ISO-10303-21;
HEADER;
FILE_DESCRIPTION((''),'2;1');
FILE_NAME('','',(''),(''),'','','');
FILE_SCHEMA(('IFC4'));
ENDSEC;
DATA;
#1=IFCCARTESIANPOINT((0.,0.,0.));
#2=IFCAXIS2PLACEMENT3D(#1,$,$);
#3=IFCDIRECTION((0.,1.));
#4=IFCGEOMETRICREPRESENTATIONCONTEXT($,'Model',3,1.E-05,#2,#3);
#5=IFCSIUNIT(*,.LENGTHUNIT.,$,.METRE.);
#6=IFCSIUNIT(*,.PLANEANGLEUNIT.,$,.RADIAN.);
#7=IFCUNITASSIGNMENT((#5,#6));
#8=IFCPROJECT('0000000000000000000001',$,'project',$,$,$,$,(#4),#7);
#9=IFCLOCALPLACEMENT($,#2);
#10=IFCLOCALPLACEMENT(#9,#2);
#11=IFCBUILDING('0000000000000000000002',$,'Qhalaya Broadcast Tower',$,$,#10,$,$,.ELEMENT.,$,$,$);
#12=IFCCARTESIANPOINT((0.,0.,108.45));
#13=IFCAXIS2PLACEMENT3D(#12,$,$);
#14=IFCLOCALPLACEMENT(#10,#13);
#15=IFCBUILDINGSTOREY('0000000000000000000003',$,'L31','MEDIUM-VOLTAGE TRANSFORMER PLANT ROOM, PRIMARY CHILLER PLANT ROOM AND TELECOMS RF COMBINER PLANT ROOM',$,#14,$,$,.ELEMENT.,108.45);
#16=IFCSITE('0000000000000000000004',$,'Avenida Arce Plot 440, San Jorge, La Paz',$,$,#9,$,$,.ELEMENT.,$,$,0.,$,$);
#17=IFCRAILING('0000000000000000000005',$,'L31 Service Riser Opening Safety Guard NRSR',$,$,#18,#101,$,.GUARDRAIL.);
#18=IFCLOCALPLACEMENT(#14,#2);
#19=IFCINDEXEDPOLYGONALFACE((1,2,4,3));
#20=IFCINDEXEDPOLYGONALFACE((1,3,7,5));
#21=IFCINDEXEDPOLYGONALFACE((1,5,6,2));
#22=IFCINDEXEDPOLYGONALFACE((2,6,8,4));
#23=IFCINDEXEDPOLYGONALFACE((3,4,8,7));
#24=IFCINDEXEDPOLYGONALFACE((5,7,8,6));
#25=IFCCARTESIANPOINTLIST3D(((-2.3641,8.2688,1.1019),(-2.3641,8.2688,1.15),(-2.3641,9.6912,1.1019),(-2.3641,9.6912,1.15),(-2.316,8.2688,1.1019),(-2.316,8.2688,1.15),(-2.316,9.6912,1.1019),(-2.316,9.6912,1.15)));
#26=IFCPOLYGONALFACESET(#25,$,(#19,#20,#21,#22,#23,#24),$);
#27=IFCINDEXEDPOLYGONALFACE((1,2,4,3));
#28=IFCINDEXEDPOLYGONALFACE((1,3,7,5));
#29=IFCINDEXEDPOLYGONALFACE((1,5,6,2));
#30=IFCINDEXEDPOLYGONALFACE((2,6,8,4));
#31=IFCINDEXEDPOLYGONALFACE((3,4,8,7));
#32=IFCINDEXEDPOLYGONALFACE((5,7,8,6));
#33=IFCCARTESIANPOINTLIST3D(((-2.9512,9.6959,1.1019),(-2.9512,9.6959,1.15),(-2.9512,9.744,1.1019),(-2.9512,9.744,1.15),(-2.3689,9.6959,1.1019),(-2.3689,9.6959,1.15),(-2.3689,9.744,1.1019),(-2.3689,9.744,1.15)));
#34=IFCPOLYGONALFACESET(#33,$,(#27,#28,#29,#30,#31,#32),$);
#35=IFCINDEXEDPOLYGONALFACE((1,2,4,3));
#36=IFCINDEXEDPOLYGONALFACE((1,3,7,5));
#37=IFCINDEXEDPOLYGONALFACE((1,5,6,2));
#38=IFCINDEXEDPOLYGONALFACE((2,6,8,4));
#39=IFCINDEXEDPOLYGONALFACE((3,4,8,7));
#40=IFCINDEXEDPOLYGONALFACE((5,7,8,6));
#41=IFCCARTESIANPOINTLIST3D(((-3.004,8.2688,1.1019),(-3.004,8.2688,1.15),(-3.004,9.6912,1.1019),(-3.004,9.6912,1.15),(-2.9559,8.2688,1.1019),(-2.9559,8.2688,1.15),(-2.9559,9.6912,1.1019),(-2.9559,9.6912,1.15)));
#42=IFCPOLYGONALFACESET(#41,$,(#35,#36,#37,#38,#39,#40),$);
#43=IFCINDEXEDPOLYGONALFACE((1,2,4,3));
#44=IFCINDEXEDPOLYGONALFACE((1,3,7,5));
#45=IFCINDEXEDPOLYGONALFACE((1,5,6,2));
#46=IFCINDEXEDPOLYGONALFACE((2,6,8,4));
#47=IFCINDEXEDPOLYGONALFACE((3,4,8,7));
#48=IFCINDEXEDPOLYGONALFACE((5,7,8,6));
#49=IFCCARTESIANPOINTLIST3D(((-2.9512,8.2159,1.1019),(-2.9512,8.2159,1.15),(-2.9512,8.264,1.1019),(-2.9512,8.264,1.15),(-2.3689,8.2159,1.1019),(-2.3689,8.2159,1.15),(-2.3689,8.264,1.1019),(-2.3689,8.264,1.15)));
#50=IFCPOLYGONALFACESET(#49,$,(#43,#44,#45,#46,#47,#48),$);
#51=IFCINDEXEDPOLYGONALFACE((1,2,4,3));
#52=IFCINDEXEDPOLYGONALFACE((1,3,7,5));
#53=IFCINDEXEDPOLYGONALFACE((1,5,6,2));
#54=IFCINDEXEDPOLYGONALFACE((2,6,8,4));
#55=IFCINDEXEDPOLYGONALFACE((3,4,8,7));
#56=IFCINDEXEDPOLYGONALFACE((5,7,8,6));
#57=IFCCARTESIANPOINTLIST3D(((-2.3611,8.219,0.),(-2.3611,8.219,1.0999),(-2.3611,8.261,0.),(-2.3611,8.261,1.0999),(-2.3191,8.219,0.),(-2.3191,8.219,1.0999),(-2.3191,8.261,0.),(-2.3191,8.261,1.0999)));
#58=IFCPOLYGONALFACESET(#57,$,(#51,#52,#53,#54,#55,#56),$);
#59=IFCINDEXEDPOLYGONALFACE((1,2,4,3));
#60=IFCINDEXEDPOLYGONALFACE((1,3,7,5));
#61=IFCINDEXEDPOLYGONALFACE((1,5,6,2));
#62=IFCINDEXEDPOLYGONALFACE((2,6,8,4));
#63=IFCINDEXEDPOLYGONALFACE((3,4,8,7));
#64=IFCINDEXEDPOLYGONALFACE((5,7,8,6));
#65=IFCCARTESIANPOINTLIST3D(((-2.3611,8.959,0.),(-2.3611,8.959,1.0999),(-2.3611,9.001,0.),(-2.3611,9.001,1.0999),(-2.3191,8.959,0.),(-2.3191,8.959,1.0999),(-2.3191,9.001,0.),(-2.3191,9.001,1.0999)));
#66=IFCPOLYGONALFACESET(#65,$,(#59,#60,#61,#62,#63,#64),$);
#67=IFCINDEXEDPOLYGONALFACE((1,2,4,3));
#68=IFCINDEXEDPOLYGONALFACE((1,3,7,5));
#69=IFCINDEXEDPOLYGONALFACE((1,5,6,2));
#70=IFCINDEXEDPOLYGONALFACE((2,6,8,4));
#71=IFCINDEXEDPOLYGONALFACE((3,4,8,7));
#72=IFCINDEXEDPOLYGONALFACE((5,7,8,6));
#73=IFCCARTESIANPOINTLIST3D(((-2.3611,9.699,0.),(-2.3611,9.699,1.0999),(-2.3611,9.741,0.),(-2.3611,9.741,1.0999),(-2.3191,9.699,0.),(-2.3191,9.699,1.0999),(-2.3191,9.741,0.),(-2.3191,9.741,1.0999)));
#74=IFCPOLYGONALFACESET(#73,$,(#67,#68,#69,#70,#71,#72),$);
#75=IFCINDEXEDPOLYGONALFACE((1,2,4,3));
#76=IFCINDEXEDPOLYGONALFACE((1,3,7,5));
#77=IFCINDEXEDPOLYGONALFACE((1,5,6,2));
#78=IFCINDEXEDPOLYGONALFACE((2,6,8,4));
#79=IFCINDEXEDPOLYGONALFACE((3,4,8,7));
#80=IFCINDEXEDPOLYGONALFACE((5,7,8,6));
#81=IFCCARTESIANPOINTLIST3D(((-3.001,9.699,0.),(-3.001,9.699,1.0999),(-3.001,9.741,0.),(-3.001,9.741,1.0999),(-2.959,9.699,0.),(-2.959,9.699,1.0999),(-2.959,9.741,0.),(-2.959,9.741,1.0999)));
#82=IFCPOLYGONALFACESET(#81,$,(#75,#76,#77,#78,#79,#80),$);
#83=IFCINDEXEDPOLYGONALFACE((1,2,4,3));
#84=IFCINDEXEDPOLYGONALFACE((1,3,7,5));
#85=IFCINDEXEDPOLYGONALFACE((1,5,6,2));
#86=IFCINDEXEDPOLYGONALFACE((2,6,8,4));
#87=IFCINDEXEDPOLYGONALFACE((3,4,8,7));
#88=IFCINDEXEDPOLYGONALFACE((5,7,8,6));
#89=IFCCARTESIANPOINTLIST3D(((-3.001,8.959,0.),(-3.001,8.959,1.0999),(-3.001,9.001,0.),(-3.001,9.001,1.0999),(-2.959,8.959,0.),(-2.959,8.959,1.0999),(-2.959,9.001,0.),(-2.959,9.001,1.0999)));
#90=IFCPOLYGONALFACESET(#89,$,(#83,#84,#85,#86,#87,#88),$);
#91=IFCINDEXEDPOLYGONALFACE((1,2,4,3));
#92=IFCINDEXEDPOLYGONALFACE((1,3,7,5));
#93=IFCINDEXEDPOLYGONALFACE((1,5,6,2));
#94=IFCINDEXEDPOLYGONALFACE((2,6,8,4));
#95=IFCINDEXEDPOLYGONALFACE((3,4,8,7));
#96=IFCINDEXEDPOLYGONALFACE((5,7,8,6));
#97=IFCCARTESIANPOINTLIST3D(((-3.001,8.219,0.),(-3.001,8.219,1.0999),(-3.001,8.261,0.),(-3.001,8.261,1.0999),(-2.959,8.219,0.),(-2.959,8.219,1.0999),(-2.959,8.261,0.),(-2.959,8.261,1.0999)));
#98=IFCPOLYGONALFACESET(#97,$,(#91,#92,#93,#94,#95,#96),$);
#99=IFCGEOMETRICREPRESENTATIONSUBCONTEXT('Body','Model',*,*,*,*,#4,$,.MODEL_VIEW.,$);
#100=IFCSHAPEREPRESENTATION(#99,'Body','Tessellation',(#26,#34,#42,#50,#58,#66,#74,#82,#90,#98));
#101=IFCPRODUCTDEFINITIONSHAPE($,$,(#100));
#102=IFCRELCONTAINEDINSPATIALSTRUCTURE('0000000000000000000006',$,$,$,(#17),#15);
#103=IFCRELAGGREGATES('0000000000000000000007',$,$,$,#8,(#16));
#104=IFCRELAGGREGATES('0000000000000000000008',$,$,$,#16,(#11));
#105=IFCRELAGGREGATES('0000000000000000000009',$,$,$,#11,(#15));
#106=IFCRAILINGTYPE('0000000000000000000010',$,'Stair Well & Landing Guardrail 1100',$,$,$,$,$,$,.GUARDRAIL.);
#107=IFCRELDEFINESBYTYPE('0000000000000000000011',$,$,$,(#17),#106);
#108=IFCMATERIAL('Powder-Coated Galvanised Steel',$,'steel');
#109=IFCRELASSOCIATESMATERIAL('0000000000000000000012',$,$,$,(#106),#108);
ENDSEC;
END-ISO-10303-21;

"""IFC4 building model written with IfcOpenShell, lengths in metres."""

from ifc_helpers import new_model, si_unit, direction, frame, origin, origin_2d, place, context, subcontext, project, spatial, rectangle, extrude, material, type_object, element, save


model = new_model("IFC4")

# Units and contexts
model_context = context("Model", 3, precision=1e-05, world=origin(), true_north=direction((0.0, 1.0)))
body_context = subcontext(model_context, "Body", "Model", "MODEL_VIEW")
ifc_project = project(units=[si_unit("LENGTHUNIT", "METRE"), si_unit("PLANEANGLEUNIT", "RADIAN")], contexts=[model_context])

# Site, building, storey
site_placement = place(None, origin())
site = spatial("IfcSite", under=ifc_project, at=site_placement, Name="Avenida Arce Plot 440, San Jorge, La Paz", CompositionType="ELEMENT", RefElevation=0.0)
building_placement = place(site_placement, origin())
building = spatial("IfcBuilding", under=site, at=building_placement, Name="Qhalaya Broadcast Tower", CompositionType="ELEMENT")
storey_placement = place(building_placement, frame((0.0, 0.0, 108.45)))
storey = spatial("IfcBuildingStorey", under=building, at=storey_placement, Name="L31", Description="MEDIUM-VOLTAGE TRANSFORMER PLANT ROOM, PRIMARY CHILLER PLANT ROOM AND TELECOMS RF COMBINER PLANT ROOM", CompositionType="ELEMENT", Elevation=108.45)

# Railing
ifc_material_1 = material(Name="Powder-Coated Galvanised Steel", Category="steel")
railing_type = type_object("IfcRailingType", Name="Stair Well & Landing Guardrail 1100", PredefinedType="GUARDRAIL", material=ifc_material_1)
railing_placement = place(storey_placement, frame((-2.3401, 8.24, 0.0)))
element("IfcRailing", 1, at=railing_placement, inside=storey, type_object=railing_type, Name="L31 Service Riser Opening Safety Guard NRSR", PredefinedType="GUARDRAIL", context=body_context, shape_type="SweptSolid", body=[
    extrude(rectangle(XDim=0.0481, YDim=0.0481, at=origin_2d()), frame((0.0, 0.0288, 1.126), z_axis=(0.0, 1.0, 0.0), x_axis=(-1.0, 0.0, 0.0)), (0.0, 0.0, 1.0), 1.4224),
    extrude(rectangle(XDim=0.0481, YDim=0.0481, at=origin_2d()), frame((-0.0288, 1.48, 1.126), z_axis=(-1.0, 0.0, 0.0), x_axis=(0.0, -1.0, 0.0)), (0.0, 0.0, 1.0), 0.5823),
    extrude(rectangle(XDim=0.0481, YDim=0.0481, at=origin_2d()), frame((-0.6399, 1.4512, 1.126), z_axis=(0.0, -1.0, 0.0), x_axis=(1.0, 0.0, 0.0)), (0.0, 0.0, 1.0), 1.4224),
    extrude(rectangle(XDim=0.0481, YDim=0.0481, at=origin_2d()), frame((-0.6111, 0.0, 1.126), z_axis=(1.0, 0.0, 0.0), x_axis=(0.0, 1.0, 0.0)), (0.0, 0.0, 1.0), 0.5823),
    extrude(rectangle(XDim=0.042, YDim=0.042, at=origin_2d()), origin(), (0.0, 0.0, 1.0), 1.0999),
    extrude(rectangle(XDim=0.042, YDim=0.042, at=origin_2d()), frame((0.0, 0.74, 0.0)), (0.0, 0.0, 1.0), 1.0999),
    extrude(rectangle(XDim=0.042, YDim=0.042, at=origin_2d()), frame((0.0, 1.48, 0.0)), (0.0, 0.0, 1.0), 1.0999),
    extrude(rectangle(XDim=0.042, YDim=0.042, at=origin_2d()), frame((-0.6399, 1.48, 0.0)), (0.0, 0.0, 1.0), 1.0999),
    extrude(rectangle(XDim=0.042, YDim=0.042, at=origin_2d()), frame((-0.6399, 0.74, 0.0)), (0.0, 0.0, 1.0), 1.0999),
    extrude(rectangle(XDim=0.042, YDim=0.042, at=origin_2d()), frame((-0.6399, 0.0, 0.0)), (0.0, 0.0, 1.0), 1.0999),
])

save(model, "model.ifc")
